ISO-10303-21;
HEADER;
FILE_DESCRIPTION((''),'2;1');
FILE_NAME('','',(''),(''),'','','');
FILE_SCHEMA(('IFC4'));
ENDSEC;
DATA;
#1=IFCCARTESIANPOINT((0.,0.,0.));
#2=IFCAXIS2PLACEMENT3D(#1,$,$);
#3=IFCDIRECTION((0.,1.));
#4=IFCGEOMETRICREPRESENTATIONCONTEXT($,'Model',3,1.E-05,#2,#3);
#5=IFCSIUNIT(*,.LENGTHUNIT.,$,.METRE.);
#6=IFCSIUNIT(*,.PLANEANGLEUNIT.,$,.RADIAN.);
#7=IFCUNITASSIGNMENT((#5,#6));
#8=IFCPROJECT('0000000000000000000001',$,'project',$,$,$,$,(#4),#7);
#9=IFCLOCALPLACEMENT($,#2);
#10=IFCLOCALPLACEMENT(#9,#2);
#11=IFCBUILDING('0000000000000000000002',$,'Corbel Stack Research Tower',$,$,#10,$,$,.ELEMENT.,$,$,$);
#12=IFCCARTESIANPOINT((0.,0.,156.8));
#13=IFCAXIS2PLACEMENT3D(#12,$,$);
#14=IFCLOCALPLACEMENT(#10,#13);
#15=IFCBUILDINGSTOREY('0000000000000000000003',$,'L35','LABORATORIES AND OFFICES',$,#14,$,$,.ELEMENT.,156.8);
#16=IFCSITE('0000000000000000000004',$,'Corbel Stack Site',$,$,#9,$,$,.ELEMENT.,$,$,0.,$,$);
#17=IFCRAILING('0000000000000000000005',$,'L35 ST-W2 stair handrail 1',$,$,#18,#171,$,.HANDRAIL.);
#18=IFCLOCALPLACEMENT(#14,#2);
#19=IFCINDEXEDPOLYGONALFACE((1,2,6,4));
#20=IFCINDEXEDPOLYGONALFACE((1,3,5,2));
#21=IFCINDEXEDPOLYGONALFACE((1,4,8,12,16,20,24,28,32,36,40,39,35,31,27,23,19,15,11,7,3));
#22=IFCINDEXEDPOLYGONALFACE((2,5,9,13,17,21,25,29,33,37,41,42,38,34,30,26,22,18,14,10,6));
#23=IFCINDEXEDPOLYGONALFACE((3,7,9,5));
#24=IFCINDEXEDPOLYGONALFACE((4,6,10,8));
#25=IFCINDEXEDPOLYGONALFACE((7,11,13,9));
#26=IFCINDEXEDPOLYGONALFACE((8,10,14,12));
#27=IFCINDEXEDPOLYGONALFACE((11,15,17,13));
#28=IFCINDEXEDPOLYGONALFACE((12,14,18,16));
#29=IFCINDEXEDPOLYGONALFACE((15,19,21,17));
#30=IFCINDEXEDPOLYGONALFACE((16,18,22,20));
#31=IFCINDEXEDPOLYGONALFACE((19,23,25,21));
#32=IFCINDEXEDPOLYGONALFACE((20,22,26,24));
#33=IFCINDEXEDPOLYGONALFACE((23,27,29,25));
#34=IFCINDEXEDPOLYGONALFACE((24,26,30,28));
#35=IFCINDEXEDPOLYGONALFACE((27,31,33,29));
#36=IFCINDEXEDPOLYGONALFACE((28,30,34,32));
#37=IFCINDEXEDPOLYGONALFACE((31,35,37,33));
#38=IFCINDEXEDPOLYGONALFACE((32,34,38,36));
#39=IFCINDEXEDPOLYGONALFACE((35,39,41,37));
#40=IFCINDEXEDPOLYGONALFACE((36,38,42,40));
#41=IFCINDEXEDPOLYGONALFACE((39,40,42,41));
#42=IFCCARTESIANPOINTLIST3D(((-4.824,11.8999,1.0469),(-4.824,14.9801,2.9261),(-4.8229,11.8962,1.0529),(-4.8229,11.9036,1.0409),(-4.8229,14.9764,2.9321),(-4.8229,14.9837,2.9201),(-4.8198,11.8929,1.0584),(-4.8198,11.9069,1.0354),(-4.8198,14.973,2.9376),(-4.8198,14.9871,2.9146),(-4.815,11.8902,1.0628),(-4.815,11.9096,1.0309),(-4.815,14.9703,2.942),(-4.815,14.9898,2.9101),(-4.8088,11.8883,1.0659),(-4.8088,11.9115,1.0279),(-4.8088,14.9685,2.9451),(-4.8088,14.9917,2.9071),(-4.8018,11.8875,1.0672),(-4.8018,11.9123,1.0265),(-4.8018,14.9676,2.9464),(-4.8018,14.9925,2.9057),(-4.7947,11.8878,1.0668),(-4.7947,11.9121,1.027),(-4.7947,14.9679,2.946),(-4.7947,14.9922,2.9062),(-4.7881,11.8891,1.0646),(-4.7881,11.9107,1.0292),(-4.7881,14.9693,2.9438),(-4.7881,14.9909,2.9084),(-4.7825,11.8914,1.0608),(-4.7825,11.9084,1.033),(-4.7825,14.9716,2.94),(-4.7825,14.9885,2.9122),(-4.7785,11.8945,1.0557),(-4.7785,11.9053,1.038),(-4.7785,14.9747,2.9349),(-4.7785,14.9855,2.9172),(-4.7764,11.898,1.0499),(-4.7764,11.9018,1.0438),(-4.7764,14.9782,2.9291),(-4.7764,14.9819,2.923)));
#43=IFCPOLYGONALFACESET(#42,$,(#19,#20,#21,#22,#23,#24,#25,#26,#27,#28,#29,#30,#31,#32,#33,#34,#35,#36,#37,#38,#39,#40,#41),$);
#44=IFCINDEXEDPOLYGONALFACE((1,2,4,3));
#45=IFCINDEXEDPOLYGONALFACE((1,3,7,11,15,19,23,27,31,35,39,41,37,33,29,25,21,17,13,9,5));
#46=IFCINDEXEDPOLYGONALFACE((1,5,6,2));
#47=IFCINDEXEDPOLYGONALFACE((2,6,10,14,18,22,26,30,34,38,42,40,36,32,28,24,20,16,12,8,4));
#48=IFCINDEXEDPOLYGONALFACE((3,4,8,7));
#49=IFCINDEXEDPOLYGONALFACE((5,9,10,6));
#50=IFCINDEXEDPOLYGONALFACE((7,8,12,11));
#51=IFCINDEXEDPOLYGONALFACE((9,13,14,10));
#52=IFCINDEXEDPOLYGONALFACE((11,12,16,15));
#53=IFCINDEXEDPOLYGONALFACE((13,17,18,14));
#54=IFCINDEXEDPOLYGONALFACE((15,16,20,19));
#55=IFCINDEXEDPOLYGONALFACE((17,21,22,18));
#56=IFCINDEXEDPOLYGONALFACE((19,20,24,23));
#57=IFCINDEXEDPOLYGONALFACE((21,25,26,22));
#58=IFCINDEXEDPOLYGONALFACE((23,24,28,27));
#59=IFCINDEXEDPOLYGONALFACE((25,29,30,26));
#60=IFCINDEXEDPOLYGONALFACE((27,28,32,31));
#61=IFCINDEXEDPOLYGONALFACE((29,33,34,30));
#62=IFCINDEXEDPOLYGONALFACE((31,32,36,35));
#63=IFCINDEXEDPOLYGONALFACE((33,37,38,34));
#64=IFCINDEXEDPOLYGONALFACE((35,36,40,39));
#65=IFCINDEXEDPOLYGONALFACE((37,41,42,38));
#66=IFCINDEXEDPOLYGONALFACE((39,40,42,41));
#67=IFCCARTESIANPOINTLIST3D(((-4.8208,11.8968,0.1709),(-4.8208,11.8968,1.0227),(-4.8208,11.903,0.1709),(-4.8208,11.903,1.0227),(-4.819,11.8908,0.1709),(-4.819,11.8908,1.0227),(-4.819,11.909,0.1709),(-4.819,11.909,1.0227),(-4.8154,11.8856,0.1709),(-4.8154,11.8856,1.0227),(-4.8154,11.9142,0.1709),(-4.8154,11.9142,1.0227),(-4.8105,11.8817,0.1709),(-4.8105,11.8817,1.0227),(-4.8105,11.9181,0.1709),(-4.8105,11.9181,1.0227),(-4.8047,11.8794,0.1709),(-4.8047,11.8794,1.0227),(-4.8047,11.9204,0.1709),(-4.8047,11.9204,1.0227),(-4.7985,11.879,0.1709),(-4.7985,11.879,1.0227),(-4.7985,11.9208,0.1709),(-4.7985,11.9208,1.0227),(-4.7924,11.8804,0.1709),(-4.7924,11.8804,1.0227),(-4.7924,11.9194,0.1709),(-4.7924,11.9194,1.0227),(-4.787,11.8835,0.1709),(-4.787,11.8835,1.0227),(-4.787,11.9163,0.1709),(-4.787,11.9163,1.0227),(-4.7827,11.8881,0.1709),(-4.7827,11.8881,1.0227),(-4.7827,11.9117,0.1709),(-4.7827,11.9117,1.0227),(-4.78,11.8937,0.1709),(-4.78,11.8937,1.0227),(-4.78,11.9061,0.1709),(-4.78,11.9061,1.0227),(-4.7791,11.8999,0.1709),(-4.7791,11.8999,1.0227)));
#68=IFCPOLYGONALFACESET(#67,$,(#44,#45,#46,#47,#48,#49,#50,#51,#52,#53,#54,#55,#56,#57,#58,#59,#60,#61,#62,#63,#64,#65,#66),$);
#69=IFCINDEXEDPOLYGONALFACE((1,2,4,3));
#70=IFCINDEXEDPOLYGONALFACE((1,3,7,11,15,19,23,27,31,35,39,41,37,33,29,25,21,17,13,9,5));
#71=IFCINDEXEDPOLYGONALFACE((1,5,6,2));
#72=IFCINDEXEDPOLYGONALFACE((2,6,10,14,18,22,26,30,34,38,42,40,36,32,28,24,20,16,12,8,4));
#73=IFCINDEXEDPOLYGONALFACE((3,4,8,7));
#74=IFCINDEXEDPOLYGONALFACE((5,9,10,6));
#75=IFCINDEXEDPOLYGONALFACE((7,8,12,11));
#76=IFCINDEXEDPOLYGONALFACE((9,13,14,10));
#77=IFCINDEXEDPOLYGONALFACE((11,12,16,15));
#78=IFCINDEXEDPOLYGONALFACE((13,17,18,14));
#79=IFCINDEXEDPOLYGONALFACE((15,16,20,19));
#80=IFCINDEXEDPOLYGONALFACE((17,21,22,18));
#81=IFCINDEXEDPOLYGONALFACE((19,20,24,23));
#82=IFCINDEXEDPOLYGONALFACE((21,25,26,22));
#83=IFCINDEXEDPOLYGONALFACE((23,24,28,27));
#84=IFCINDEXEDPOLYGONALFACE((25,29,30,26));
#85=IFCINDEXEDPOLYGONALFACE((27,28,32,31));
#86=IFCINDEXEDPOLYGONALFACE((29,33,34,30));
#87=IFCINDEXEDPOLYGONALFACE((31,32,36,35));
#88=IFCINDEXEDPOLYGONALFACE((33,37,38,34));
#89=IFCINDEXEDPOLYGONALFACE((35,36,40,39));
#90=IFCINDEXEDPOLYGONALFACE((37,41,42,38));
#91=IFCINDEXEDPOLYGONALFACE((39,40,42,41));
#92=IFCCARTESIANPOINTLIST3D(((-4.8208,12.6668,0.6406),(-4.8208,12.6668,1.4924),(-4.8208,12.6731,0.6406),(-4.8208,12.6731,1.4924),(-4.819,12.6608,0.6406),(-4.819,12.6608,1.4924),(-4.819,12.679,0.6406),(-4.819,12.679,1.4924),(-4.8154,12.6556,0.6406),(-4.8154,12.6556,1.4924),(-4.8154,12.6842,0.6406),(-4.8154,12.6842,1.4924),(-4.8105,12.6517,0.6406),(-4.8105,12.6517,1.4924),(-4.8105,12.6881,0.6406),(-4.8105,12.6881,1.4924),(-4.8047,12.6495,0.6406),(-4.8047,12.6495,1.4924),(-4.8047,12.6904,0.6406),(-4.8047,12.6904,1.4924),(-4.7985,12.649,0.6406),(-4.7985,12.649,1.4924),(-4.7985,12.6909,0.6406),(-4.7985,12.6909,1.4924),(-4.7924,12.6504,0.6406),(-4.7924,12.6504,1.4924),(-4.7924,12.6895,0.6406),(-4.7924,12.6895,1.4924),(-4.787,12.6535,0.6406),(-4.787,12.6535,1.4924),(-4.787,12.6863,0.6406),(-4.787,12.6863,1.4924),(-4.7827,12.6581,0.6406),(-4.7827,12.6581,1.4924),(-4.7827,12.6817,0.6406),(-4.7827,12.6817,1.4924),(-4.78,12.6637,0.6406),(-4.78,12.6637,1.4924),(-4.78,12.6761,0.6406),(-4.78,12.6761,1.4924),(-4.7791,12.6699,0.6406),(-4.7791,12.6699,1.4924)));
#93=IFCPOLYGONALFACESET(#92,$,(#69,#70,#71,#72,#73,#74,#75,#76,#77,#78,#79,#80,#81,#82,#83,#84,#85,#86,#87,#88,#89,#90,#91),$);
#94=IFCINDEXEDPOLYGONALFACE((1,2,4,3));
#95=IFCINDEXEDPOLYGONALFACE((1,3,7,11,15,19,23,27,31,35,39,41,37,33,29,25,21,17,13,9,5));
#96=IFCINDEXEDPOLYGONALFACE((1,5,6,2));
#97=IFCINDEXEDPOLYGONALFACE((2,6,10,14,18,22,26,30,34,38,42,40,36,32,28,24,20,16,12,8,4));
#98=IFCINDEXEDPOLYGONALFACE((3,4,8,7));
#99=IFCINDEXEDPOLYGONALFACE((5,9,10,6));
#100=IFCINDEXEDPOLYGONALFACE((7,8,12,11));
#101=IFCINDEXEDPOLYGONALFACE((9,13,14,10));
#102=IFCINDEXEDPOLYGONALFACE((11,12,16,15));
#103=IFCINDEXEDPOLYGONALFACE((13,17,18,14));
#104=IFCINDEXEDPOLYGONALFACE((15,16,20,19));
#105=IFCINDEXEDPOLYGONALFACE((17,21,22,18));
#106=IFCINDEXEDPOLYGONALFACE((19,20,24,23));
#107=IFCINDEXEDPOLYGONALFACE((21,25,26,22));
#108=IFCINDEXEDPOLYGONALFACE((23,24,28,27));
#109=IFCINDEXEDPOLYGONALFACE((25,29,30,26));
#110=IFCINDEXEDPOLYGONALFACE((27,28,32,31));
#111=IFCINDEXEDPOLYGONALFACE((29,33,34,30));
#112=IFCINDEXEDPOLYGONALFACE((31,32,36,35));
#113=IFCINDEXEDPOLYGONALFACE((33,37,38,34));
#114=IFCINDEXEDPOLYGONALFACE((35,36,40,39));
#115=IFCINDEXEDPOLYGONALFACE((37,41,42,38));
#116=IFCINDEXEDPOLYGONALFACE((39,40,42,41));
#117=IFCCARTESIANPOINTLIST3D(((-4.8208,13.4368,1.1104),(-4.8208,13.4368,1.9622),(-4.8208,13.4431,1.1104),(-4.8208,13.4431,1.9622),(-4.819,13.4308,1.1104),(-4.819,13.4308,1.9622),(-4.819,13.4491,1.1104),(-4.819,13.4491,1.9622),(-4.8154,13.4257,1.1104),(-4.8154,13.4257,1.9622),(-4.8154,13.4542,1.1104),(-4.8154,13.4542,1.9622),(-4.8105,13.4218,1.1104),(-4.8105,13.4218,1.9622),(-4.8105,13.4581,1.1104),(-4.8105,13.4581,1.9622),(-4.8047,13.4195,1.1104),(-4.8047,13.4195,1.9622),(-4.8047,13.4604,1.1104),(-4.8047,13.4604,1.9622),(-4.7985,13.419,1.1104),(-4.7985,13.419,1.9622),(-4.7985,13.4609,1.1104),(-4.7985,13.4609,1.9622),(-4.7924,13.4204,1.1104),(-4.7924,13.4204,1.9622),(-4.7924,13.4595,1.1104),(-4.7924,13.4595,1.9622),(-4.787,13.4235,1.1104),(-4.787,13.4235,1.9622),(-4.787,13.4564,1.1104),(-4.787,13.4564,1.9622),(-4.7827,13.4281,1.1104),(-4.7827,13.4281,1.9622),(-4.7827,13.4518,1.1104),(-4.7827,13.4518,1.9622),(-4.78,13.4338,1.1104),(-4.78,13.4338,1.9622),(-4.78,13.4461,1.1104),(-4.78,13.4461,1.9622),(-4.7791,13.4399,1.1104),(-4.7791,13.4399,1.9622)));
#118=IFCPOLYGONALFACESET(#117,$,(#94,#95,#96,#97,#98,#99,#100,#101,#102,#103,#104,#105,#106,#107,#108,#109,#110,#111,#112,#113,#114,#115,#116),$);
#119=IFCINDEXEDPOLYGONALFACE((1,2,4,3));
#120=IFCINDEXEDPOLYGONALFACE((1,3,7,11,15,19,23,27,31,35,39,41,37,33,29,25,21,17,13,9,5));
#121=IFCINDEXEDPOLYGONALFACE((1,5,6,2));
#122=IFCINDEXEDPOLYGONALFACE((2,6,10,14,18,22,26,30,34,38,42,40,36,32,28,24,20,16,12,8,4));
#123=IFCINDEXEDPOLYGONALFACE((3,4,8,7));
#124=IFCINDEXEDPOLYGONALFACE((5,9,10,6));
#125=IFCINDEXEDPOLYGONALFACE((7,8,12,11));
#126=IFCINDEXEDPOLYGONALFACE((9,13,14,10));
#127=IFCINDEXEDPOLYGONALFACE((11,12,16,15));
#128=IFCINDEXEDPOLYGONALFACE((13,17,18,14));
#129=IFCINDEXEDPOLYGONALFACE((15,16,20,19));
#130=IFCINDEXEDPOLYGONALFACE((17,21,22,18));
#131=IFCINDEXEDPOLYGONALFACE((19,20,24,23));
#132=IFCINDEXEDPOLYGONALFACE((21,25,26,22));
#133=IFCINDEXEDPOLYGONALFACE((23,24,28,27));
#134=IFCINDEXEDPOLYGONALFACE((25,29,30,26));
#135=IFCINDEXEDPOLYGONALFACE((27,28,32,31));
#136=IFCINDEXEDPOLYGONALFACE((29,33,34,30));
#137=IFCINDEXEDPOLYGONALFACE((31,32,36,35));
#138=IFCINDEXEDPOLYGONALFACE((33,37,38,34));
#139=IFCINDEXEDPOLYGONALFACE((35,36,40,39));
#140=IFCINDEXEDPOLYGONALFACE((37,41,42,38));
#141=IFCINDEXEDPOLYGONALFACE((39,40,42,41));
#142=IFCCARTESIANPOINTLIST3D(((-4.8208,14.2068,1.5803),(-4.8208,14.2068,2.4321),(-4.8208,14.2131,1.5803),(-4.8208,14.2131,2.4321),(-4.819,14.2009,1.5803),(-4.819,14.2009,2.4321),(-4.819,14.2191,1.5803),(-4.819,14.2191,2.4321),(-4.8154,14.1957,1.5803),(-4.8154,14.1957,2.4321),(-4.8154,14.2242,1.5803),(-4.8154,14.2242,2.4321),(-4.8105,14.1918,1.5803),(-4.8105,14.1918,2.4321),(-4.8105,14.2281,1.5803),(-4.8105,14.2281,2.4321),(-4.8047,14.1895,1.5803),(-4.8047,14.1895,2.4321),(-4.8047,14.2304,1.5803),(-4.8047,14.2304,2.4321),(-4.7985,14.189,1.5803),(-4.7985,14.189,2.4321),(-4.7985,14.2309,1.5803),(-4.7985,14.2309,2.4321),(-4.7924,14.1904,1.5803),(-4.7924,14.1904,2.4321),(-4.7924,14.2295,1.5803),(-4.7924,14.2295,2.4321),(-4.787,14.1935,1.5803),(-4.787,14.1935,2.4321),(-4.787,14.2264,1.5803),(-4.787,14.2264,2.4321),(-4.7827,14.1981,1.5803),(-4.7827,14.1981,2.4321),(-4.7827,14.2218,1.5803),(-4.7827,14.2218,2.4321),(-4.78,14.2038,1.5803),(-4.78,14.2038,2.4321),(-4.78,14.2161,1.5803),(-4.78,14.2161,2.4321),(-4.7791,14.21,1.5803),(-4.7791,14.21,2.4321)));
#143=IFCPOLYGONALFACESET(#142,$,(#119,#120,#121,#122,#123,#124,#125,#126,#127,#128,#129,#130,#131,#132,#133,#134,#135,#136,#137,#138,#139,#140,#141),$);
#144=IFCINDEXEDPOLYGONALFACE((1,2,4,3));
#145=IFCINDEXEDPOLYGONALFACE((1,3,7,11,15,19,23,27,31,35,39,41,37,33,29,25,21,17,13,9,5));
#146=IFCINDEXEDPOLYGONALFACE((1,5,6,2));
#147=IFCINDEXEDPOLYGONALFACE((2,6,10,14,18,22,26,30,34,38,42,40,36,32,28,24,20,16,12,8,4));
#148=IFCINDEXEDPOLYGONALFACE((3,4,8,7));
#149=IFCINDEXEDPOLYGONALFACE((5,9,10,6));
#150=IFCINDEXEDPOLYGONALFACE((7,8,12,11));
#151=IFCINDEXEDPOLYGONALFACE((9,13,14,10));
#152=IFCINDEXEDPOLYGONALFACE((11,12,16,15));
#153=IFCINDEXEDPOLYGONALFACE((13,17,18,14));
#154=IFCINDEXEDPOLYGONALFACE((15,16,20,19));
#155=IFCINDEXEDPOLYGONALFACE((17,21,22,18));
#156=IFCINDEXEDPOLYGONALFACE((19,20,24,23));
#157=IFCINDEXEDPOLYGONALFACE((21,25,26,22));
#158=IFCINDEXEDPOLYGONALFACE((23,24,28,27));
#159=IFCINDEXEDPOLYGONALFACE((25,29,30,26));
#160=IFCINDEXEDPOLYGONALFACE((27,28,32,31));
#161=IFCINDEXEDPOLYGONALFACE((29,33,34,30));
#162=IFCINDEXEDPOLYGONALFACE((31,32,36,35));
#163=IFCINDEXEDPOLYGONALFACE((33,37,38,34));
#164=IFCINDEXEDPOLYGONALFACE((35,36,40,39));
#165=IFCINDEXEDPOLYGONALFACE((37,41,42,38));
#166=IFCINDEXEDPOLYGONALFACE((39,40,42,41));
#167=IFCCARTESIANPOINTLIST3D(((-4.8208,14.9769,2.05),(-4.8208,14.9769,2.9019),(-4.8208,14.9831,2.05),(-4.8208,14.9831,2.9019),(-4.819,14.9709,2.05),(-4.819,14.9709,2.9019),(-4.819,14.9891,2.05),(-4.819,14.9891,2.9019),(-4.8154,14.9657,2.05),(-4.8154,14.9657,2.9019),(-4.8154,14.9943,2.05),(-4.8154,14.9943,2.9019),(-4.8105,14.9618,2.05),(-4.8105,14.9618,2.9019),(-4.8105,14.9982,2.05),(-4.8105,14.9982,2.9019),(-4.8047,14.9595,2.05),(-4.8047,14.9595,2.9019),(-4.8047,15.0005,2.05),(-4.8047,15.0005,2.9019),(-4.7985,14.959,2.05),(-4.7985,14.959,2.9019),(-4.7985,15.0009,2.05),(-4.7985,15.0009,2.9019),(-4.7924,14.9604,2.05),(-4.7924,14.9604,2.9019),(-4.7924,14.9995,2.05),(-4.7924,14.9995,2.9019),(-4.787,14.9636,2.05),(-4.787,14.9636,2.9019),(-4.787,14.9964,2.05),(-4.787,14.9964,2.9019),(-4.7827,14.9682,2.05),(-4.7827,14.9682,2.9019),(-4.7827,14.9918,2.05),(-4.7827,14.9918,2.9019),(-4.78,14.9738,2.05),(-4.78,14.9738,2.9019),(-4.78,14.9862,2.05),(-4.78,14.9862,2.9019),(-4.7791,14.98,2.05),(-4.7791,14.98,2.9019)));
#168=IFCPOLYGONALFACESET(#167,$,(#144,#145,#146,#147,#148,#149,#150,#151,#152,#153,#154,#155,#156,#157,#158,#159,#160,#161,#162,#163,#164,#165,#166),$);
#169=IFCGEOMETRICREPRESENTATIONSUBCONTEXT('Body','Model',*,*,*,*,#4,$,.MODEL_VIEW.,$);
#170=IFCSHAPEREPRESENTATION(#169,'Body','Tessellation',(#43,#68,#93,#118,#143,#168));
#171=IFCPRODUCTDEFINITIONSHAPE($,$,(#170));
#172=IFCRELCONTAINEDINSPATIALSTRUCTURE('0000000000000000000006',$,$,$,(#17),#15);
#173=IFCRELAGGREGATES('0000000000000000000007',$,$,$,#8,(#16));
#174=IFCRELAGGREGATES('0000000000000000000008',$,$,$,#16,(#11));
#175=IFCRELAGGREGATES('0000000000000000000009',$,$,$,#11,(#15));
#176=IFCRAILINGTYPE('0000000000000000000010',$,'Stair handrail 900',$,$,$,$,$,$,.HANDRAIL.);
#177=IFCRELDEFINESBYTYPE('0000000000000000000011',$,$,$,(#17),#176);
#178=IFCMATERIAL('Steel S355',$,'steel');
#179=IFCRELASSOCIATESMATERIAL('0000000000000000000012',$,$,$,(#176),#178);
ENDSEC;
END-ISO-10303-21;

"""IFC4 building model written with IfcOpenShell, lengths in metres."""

from ifc_helpers import new_model, si_unit, direction, frame, origin, origin_2d, place, context, subcontext, project, spatial, circle, extrude, material, type_object, element, save


model = new_model("IFC4")

# Units and contexts
model_context = context("Model", 3, precision=1e-05, world=origin(), true_north=direction((0.0, 1.0)))
body_context = subcontext(model_context, "Body", "Model", "MODEL_VIEW")
ifc_project = project(units=[si_unit("LENGTHUNIT", "METRE"), si_unit("PLANEANGLEUNIT", "RADIAN")], contexts=[model_context])

# Site, building, storey
site_placement = place(None, origin())
site = spatial("IfcSite", under=ifc_project, at=site_placement, Name="Corbel Stack Site", CompositionType="ELEMENT", RefElevation=0.0)
building_placement = place(site_placement, origin())
building = spatial("IfcBuilding", under=site, at=building_placement, Name="Corbel Stack Research Tower", CompositionType="ELEMENT")
storey_placement = place(building_placement, frame((0.0, 0.0, 156.8)))
storey = spatial("IfcBuildingStorey", under=building, at=storey_placement, Name="L35", Description="LABORATORIES AND OFFICES", CompositionType="ELEMENT", Elevation=156.8)

# Railing
ifc_material_1 = material(Name="Steel S355", Category="steel")
railing_type_1 = type_object("IfcRailingType", Name="Stair handrail 900", PredefinedType="HANDRAIL", material=ifc_material_1)
railing_1_placement = place(storey_placement, frame((-4.8, 11.8999, 0.1709)))
element("IfcRailing", 1, at=railing_1_placement, inside=storey, type_object=railing_type_1, Name="L35 ST-W2 stair handrail 1", PredefinedType="HANDRAIL", context=body_context, shape_type="SweptSolid", body=[
    extrude(circle(Radius=0.0239, at=origin_2d()), frame((0.0, 0.0, 0.876), z_axis=(0.0, 0.853666, 0.52082), x_axis=(-1.0, 0.0, 0.0)), (0.0, 0.0, 1.0), 3.6082),
    extrude(circle(Radius=0.021, at=origin_2d()), origin(), (0.0, 0.0, 1.0), 0.8518),
    extrude(circle(Radius=0.021, at=origin_2d()), frame((0.0, 0.77, 0.4697)), (0.0, 0.0, 1.0), 0.8518),
    extrude(circle(Radius=0.021, at=origin_2d()), frame((0.0, 1.54, 0.9395)), (0.0, 0.0, 1.0), 0.8518),
    extrude(circle(Radius=0.021, at=origin_2d()), frame((0.0, 2.3101, 1.4094)), (0.0, 0.0, 1.0), 0.8518),
    extrude(circle(Radius=0.021, at=origin_2d()), frame((0.0, 3.0801, 1.8792)), (0.0, 0.0, 1.0), 0.8518),
])

save(model, "model.ifc")
